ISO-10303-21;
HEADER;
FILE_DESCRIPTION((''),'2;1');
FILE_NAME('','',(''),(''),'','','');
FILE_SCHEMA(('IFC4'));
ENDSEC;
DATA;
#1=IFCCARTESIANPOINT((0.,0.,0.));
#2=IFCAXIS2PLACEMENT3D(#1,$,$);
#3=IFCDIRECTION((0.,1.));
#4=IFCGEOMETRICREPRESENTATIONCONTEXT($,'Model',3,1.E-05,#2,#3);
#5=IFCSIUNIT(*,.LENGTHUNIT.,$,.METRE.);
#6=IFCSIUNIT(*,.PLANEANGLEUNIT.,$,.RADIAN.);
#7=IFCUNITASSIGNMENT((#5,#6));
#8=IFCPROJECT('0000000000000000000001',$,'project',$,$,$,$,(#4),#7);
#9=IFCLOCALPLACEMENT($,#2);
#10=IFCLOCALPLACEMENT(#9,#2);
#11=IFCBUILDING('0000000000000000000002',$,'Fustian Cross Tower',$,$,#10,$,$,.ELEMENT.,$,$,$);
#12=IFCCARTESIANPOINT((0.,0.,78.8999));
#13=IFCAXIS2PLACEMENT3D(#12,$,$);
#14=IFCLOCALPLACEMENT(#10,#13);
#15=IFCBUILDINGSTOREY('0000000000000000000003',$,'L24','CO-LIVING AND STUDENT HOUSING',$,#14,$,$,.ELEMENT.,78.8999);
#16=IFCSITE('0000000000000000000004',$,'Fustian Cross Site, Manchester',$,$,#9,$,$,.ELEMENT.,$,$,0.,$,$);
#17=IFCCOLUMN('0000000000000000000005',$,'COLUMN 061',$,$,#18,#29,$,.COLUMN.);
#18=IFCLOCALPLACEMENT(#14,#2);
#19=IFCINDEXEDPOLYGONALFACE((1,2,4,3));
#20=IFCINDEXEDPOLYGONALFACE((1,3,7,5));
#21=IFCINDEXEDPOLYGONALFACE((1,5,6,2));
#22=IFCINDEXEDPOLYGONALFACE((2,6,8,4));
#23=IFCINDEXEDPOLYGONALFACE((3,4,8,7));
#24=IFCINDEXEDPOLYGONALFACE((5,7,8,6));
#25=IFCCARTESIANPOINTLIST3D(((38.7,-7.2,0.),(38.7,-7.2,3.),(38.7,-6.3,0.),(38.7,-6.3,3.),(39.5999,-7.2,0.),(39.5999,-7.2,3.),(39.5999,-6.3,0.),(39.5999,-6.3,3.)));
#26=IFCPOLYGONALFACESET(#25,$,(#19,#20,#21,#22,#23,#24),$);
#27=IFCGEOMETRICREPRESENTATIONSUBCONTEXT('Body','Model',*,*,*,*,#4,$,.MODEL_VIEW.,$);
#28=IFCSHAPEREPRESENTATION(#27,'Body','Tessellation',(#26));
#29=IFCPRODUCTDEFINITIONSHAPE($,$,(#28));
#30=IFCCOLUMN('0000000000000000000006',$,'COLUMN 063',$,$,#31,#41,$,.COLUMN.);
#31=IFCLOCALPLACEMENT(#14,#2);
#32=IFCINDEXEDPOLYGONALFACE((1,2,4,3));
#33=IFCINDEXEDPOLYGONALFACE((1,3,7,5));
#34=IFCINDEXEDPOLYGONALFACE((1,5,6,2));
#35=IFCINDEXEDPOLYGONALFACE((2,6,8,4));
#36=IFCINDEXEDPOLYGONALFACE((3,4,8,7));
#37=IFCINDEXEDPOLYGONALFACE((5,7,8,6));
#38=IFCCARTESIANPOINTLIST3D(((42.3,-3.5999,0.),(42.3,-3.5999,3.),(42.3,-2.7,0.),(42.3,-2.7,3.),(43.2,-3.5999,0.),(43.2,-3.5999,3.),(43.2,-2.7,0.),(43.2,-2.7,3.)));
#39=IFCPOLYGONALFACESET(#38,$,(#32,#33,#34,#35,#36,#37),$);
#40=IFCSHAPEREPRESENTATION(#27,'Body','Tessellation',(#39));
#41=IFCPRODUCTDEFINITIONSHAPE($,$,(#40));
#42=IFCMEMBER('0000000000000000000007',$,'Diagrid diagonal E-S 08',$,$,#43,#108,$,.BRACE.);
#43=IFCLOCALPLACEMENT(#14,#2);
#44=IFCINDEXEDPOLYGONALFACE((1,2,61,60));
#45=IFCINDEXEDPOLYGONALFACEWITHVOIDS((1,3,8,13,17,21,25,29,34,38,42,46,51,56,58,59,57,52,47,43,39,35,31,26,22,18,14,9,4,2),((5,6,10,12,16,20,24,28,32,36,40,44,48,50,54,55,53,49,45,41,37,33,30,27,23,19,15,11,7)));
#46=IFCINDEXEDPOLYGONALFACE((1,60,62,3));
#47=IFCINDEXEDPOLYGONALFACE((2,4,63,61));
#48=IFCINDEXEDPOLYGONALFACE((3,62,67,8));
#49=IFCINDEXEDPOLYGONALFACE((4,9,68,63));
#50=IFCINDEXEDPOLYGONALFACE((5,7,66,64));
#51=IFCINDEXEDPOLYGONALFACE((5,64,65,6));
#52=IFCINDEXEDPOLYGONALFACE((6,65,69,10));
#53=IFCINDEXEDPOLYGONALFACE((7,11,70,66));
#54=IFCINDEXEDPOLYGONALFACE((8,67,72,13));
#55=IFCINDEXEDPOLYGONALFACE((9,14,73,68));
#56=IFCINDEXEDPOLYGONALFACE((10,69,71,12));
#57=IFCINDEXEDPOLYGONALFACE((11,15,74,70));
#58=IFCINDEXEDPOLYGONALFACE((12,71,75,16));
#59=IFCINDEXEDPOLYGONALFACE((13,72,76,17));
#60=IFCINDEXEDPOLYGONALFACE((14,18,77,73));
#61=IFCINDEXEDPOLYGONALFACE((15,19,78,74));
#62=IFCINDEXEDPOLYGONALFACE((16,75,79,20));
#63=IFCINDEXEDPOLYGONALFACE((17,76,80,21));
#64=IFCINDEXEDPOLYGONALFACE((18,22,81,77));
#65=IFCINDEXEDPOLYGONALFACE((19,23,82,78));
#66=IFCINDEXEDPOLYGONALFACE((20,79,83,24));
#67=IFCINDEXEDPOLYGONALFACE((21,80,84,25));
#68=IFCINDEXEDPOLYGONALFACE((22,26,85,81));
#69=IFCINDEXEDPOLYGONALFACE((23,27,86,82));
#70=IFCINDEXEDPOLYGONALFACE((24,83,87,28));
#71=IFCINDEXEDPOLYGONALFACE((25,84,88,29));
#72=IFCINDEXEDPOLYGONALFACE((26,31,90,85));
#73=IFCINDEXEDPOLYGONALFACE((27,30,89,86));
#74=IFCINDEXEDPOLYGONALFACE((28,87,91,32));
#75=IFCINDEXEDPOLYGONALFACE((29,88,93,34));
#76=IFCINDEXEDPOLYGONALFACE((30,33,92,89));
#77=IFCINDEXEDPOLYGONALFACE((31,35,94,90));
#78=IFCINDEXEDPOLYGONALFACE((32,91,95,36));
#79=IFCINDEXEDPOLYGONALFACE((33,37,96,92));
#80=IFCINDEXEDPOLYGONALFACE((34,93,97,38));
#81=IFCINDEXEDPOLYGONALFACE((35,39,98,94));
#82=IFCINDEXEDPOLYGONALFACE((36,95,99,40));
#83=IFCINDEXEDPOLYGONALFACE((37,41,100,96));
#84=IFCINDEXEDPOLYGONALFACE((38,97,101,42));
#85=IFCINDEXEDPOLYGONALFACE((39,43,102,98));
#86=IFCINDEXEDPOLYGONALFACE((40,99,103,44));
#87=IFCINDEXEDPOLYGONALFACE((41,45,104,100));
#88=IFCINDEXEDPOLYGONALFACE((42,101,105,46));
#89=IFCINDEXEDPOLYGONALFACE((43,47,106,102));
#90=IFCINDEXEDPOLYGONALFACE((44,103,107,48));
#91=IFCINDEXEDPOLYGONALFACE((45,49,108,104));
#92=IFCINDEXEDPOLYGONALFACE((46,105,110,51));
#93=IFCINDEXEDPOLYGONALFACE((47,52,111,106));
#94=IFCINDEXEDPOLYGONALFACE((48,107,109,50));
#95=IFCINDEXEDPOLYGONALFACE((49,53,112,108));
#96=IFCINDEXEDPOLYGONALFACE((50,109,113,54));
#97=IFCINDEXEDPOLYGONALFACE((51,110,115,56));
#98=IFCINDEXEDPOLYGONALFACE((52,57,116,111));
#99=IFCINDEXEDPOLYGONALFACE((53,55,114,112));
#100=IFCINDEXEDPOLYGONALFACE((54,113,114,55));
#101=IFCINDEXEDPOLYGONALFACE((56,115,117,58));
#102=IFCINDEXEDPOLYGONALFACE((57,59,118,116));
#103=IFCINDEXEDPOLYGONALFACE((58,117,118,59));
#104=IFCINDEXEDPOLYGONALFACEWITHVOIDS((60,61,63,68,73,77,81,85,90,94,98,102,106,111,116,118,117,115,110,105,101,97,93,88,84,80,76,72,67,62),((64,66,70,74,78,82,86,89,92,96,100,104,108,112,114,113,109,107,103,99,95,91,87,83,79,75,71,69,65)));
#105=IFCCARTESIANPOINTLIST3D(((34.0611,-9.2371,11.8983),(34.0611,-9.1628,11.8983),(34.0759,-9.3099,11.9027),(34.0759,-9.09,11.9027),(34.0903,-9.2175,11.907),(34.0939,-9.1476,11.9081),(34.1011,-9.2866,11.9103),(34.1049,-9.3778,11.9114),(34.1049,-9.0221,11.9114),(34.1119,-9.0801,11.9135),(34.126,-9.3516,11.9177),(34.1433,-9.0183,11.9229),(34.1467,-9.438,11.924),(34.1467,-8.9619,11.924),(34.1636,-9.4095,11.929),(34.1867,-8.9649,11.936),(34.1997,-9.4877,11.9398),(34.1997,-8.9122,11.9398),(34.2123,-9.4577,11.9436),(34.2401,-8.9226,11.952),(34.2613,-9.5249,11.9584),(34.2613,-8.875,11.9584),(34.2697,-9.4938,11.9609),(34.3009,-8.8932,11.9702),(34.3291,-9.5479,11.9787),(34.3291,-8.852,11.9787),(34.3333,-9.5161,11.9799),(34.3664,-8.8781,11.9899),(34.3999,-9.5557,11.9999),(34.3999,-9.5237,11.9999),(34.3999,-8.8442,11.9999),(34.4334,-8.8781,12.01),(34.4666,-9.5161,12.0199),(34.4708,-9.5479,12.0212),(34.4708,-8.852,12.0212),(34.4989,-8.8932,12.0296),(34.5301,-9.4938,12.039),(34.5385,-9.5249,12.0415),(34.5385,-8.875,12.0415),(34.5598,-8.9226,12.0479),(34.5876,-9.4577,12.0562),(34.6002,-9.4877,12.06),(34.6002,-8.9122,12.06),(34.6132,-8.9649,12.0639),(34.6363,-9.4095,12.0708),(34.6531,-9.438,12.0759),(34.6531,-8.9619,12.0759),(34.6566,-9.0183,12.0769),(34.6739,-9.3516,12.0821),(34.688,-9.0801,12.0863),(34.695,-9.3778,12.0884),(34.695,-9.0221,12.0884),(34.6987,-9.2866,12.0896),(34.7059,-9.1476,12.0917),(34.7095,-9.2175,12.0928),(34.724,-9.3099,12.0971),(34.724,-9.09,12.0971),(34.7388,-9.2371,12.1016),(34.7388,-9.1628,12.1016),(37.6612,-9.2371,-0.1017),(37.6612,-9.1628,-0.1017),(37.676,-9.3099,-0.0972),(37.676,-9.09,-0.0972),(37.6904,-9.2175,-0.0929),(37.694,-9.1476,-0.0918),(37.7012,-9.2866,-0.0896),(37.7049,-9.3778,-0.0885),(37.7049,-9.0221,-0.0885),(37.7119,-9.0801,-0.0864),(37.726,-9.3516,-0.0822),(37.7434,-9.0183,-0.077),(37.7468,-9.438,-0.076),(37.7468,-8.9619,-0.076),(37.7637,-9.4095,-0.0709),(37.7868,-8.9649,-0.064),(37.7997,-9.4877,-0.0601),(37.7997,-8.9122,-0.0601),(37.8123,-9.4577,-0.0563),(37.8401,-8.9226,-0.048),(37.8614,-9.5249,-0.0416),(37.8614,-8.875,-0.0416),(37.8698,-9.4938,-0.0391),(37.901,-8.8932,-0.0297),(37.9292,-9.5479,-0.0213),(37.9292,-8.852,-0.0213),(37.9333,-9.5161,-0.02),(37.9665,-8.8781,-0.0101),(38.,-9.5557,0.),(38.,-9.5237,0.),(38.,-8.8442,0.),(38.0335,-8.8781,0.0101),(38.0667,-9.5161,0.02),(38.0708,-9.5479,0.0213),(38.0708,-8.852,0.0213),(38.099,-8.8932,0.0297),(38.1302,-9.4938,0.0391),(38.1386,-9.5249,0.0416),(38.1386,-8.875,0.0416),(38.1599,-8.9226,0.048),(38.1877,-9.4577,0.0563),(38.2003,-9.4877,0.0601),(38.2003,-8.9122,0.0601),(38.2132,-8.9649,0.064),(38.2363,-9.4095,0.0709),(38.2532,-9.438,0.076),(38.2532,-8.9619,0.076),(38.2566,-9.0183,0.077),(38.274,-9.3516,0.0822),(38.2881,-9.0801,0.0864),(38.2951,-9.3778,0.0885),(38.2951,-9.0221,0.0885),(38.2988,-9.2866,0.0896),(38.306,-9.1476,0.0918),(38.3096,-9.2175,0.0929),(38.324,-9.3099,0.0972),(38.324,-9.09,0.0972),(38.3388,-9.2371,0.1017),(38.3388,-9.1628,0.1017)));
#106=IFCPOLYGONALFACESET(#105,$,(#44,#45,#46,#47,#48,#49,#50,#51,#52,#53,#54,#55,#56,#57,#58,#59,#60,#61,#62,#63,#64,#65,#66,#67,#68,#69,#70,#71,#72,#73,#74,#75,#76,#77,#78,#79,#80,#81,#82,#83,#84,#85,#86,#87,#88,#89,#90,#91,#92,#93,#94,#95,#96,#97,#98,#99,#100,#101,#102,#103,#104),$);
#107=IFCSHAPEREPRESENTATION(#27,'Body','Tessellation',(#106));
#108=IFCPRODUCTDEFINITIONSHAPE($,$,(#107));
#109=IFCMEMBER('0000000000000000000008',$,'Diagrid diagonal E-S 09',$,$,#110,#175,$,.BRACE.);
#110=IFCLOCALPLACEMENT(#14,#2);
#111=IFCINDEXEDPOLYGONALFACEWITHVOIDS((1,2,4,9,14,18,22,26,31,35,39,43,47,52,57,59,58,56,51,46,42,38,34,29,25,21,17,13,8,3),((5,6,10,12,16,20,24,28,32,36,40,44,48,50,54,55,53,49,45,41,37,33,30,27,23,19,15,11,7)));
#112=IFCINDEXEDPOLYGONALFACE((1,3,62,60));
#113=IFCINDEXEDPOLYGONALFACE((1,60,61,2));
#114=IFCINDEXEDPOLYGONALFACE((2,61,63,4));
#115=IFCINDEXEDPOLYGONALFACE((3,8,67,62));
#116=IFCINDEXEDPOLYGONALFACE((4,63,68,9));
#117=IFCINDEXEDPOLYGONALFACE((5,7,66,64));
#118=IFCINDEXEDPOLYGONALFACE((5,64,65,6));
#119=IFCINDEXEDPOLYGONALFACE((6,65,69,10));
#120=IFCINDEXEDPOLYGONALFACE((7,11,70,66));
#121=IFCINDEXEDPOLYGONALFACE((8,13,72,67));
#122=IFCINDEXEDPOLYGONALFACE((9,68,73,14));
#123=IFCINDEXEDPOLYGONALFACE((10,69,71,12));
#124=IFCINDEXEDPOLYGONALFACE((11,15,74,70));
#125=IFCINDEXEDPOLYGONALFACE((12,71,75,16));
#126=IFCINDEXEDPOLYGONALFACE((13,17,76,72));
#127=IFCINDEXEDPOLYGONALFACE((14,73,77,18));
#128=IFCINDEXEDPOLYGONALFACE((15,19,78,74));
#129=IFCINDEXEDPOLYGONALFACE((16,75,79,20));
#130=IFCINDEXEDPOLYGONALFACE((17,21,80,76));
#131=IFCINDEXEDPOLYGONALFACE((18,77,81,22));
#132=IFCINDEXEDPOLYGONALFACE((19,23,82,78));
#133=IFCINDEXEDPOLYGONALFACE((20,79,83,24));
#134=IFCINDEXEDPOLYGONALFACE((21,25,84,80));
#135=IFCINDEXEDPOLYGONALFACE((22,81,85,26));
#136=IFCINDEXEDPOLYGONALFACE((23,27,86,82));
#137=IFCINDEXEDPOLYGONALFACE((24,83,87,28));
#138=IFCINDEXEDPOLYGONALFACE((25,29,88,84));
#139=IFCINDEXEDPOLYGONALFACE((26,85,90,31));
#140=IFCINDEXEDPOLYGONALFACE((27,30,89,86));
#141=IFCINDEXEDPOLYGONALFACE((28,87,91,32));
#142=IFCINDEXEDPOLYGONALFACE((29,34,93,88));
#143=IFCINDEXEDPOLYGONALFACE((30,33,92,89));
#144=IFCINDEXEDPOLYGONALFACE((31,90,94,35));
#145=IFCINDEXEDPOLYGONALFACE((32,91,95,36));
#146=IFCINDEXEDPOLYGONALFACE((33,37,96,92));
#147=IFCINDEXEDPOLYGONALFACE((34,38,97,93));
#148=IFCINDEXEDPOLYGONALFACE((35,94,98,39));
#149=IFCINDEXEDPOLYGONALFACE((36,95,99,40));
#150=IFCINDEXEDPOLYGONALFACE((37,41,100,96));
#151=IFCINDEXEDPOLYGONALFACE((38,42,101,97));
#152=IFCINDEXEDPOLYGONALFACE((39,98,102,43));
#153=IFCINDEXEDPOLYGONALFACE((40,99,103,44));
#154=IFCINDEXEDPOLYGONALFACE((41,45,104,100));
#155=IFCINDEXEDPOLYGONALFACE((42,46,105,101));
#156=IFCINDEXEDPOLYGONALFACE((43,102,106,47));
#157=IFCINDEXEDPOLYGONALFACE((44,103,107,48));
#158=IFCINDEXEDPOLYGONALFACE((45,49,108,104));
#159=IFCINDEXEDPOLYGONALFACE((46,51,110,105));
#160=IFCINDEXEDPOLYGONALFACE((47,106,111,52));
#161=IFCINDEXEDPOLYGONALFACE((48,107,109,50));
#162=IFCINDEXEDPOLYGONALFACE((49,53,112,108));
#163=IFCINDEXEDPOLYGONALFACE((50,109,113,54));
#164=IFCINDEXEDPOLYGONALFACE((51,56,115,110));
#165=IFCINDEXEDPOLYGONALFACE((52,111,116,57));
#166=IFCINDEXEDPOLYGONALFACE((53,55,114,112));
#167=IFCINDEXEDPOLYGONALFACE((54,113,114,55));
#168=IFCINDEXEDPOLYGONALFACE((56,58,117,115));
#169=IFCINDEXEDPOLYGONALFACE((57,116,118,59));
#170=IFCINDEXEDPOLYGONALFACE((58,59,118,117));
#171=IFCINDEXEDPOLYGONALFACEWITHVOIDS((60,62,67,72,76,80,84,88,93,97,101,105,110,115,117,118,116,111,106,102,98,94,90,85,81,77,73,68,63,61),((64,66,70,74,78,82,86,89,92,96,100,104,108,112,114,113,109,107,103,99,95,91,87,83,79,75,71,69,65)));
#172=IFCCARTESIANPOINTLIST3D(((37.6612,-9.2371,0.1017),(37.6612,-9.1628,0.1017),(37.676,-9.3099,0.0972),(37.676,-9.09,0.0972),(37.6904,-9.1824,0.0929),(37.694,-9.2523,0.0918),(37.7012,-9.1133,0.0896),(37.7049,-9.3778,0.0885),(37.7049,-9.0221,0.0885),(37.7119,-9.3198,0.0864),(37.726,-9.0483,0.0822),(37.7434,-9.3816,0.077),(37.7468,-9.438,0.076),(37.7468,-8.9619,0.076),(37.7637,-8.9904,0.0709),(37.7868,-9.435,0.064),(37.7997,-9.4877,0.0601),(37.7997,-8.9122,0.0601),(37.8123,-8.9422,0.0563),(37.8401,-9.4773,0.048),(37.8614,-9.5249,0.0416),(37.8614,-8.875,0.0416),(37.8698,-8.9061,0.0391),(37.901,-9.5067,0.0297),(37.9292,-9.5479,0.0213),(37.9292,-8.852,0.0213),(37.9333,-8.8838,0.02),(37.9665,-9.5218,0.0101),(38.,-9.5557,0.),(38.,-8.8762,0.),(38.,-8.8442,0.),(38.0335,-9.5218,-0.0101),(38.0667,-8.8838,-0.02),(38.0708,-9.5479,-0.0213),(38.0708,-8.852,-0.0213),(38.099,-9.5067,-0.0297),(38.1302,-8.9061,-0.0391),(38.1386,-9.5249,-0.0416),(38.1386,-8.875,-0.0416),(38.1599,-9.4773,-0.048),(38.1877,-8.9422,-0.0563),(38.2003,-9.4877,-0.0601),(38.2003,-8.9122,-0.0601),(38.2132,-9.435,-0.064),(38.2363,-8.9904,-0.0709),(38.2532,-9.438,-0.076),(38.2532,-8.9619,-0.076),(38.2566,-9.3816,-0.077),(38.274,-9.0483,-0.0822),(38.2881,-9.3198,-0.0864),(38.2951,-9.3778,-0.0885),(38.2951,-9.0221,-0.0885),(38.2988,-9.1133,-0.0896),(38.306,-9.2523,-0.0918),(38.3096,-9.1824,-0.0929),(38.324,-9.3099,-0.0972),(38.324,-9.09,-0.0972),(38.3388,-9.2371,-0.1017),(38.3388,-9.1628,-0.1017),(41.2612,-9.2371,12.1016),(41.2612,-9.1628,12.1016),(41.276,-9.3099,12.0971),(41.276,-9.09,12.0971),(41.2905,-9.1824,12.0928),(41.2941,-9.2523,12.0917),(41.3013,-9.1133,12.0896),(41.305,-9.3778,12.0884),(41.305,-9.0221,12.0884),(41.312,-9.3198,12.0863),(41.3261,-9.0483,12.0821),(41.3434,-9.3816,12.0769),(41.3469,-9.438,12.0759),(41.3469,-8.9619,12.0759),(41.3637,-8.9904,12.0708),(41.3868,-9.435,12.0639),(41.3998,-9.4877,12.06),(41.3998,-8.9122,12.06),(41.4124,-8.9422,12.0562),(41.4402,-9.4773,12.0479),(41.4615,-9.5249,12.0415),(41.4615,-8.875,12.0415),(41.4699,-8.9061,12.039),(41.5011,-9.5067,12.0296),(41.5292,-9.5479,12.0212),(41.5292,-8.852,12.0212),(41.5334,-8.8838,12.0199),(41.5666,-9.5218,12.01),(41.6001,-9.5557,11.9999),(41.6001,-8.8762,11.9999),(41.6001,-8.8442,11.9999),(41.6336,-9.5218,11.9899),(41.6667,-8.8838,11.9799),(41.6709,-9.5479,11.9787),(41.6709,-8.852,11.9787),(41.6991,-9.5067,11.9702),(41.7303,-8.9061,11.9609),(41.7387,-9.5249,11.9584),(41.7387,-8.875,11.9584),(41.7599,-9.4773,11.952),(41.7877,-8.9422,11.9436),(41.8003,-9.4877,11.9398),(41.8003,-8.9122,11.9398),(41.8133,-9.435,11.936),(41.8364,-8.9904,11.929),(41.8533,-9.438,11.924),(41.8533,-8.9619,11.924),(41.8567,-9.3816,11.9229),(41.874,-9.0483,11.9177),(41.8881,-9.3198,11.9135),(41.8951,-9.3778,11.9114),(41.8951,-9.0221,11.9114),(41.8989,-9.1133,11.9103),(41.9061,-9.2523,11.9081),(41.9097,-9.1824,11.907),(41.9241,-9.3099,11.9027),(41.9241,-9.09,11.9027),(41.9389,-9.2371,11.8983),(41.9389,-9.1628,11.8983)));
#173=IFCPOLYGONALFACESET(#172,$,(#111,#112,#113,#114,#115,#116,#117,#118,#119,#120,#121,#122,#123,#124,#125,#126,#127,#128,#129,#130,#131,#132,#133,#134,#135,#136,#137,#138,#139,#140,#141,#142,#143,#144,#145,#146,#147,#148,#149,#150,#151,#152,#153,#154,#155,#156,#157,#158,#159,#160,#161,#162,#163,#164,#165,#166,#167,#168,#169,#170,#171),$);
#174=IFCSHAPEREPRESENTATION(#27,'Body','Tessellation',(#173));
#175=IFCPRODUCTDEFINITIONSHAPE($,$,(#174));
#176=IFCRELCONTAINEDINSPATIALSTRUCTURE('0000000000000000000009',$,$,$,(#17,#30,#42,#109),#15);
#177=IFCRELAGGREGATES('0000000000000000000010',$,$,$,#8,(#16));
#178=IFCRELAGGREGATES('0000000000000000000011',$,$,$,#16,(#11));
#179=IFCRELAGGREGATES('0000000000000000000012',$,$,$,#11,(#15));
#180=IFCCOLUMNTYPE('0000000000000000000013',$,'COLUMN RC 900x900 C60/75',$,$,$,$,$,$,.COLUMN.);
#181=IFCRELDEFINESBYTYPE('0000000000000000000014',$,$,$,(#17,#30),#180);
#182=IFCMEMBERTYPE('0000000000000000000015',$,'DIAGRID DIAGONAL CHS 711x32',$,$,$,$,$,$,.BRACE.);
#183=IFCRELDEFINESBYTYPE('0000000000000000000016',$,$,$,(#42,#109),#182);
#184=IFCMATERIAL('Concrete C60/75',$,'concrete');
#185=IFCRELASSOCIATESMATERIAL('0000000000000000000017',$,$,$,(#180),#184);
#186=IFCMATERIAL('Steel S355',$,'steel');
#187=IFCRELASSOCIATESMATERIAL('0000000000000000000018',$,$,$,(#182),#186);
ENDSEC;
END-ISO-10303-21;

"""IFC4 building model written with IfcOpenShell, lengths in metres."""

from ifc_helpers import new_model, si_unit, direction, frame, origin, origin_2d, place, context, subcontext, project, spatial, rectangle, hollow_circle, extrude, material, material_profile, profile_set, type_object, element, save


model = new_model("IFC4")

# Units and contexts
model_context = context("Model", 3, precision=1e-05, world=origin(), true_north=direction((0.0, 1.0)))
body_context = subcontext(model_context, "Body", "Model", "MODEL_VIEW")
ifc_project = project(units=[si_unit("LENGTHUNIT", "METRE"), si_unit("PLANEANGLEUNIT", "RADIAN")], contexts=[model_context])

# Site, building, storey
site_placement = place(None, origin())
site = spatial("IfcSite", under=ifc_project, at=site_placement, Name="Fustian Cross Site, Manchester", CompositionType="ELEMENT", RefElevation=0.0)
building_placement = place(site_placement, origin())
building = spatial("IfcBuilding", under=site, at=building_placement, Name="Fustian Cross Tower", CompositionType="ELEMENT")
storey_placement = place(building_placement, frame((0.0, 0.0, 78.8999)))
storey = spatial("IfcBuildingStorey", under=building, at=storey_placement, Name="L24", Description="CO-LIVING AND STUDENT HOUSING", CompositionType="ELEMENT", Elevation=78.8999)

# Columns
ifc_material_1 = material(Name="Concrete C60/75", Category="concrete")
ifc_material_profile_1 = material_profile(ifc_material_1, rectangle(XDim=0.8999, YDim=0.8999, at=origin_2d()), Name="RC 900x900")
ifc_profile_set_1 = profile_set([ifc_material_profile_1], Name="Concrete C60/75")
column_type = type_object("IfcColumnType", Name="COLUMN RC 900x900 C60/75", PredefinedType="COLUMN", material=ifc_profile_set_1)
for number, where, z_axis, x_axis, name in (
    (1, (39.1499, -6.75, 0.0), (0.0, 0.0, 1.0), (1.0, 0.0, 0.0), "COLUMN 061"),
    (2, (42.75, -3.1499, 0.0), (0.0, 0.0, 1.0), (1.0, 0.0, 0.0), "COLUMN 063"),
):
    element("IfcColumn", number, at=place(storey_placement, frame(where, z_axis=z_axis, x_axis=x_axis)), inside=storey, type_object=column_type, Name=name, PredefinedType="COLUMN", context=body_context, shape_type="SweptSolid", body=[
        extrude(rectangle(XDim=0.8999, YDim=0.8999, at=origin_2d()), origin(), (0.0, 0.0, 1.0), 3.0),
    ])

# Members
ifc_material_2 = material(Name="Steel S355", Category="steel")
ifc_material_profile_2 = material_profile(ifc_material_2, hollow_circle(Radius=0.3557, WallThickness=0.032, at=origin_2d()), Name="CHS 711x32")
ifc_profile_set_2 = profile_set([ifc_material_profile_2], Name="Steel S355")
member_type_1 = type_object("IfcMemberType", Name="DIAGRID DIAGONAL CHS 711x32", PredefinedType="BRACE", material=ifc_profile_set_2)
for number, where, z_axis, x_axis, name in (
    (3, (38.0, -9.2, 0.0), (-0.287355, 0.0, 0.957824), (0.0, -1.0, 0.0), "Diagrid diagonal E-S 08"),
    (4, (38.0, -9.2, 0.0), (0.287355, 0.0, 0.957824), (0.0, 1.0, 0.0), "Diagrid diagonal E-S 09"),
):
    element("IfcMember", number, at=place(storey_placement, frame(where, z_axis=z_axis, x_axis=x_axis)), inside=storey, type_object=member_type_1, Name=name, PredefinedType="BRACE", context=body_context, shape_type="SweptSolid", body=[
        extrude(hollow_circle(Radius=0.3557, WallThickness=0.032, at=origin_2d()), origin(), (0.0, 0.0, 1.0), 12.5283),
    ])

save(model, "model.ifc")
